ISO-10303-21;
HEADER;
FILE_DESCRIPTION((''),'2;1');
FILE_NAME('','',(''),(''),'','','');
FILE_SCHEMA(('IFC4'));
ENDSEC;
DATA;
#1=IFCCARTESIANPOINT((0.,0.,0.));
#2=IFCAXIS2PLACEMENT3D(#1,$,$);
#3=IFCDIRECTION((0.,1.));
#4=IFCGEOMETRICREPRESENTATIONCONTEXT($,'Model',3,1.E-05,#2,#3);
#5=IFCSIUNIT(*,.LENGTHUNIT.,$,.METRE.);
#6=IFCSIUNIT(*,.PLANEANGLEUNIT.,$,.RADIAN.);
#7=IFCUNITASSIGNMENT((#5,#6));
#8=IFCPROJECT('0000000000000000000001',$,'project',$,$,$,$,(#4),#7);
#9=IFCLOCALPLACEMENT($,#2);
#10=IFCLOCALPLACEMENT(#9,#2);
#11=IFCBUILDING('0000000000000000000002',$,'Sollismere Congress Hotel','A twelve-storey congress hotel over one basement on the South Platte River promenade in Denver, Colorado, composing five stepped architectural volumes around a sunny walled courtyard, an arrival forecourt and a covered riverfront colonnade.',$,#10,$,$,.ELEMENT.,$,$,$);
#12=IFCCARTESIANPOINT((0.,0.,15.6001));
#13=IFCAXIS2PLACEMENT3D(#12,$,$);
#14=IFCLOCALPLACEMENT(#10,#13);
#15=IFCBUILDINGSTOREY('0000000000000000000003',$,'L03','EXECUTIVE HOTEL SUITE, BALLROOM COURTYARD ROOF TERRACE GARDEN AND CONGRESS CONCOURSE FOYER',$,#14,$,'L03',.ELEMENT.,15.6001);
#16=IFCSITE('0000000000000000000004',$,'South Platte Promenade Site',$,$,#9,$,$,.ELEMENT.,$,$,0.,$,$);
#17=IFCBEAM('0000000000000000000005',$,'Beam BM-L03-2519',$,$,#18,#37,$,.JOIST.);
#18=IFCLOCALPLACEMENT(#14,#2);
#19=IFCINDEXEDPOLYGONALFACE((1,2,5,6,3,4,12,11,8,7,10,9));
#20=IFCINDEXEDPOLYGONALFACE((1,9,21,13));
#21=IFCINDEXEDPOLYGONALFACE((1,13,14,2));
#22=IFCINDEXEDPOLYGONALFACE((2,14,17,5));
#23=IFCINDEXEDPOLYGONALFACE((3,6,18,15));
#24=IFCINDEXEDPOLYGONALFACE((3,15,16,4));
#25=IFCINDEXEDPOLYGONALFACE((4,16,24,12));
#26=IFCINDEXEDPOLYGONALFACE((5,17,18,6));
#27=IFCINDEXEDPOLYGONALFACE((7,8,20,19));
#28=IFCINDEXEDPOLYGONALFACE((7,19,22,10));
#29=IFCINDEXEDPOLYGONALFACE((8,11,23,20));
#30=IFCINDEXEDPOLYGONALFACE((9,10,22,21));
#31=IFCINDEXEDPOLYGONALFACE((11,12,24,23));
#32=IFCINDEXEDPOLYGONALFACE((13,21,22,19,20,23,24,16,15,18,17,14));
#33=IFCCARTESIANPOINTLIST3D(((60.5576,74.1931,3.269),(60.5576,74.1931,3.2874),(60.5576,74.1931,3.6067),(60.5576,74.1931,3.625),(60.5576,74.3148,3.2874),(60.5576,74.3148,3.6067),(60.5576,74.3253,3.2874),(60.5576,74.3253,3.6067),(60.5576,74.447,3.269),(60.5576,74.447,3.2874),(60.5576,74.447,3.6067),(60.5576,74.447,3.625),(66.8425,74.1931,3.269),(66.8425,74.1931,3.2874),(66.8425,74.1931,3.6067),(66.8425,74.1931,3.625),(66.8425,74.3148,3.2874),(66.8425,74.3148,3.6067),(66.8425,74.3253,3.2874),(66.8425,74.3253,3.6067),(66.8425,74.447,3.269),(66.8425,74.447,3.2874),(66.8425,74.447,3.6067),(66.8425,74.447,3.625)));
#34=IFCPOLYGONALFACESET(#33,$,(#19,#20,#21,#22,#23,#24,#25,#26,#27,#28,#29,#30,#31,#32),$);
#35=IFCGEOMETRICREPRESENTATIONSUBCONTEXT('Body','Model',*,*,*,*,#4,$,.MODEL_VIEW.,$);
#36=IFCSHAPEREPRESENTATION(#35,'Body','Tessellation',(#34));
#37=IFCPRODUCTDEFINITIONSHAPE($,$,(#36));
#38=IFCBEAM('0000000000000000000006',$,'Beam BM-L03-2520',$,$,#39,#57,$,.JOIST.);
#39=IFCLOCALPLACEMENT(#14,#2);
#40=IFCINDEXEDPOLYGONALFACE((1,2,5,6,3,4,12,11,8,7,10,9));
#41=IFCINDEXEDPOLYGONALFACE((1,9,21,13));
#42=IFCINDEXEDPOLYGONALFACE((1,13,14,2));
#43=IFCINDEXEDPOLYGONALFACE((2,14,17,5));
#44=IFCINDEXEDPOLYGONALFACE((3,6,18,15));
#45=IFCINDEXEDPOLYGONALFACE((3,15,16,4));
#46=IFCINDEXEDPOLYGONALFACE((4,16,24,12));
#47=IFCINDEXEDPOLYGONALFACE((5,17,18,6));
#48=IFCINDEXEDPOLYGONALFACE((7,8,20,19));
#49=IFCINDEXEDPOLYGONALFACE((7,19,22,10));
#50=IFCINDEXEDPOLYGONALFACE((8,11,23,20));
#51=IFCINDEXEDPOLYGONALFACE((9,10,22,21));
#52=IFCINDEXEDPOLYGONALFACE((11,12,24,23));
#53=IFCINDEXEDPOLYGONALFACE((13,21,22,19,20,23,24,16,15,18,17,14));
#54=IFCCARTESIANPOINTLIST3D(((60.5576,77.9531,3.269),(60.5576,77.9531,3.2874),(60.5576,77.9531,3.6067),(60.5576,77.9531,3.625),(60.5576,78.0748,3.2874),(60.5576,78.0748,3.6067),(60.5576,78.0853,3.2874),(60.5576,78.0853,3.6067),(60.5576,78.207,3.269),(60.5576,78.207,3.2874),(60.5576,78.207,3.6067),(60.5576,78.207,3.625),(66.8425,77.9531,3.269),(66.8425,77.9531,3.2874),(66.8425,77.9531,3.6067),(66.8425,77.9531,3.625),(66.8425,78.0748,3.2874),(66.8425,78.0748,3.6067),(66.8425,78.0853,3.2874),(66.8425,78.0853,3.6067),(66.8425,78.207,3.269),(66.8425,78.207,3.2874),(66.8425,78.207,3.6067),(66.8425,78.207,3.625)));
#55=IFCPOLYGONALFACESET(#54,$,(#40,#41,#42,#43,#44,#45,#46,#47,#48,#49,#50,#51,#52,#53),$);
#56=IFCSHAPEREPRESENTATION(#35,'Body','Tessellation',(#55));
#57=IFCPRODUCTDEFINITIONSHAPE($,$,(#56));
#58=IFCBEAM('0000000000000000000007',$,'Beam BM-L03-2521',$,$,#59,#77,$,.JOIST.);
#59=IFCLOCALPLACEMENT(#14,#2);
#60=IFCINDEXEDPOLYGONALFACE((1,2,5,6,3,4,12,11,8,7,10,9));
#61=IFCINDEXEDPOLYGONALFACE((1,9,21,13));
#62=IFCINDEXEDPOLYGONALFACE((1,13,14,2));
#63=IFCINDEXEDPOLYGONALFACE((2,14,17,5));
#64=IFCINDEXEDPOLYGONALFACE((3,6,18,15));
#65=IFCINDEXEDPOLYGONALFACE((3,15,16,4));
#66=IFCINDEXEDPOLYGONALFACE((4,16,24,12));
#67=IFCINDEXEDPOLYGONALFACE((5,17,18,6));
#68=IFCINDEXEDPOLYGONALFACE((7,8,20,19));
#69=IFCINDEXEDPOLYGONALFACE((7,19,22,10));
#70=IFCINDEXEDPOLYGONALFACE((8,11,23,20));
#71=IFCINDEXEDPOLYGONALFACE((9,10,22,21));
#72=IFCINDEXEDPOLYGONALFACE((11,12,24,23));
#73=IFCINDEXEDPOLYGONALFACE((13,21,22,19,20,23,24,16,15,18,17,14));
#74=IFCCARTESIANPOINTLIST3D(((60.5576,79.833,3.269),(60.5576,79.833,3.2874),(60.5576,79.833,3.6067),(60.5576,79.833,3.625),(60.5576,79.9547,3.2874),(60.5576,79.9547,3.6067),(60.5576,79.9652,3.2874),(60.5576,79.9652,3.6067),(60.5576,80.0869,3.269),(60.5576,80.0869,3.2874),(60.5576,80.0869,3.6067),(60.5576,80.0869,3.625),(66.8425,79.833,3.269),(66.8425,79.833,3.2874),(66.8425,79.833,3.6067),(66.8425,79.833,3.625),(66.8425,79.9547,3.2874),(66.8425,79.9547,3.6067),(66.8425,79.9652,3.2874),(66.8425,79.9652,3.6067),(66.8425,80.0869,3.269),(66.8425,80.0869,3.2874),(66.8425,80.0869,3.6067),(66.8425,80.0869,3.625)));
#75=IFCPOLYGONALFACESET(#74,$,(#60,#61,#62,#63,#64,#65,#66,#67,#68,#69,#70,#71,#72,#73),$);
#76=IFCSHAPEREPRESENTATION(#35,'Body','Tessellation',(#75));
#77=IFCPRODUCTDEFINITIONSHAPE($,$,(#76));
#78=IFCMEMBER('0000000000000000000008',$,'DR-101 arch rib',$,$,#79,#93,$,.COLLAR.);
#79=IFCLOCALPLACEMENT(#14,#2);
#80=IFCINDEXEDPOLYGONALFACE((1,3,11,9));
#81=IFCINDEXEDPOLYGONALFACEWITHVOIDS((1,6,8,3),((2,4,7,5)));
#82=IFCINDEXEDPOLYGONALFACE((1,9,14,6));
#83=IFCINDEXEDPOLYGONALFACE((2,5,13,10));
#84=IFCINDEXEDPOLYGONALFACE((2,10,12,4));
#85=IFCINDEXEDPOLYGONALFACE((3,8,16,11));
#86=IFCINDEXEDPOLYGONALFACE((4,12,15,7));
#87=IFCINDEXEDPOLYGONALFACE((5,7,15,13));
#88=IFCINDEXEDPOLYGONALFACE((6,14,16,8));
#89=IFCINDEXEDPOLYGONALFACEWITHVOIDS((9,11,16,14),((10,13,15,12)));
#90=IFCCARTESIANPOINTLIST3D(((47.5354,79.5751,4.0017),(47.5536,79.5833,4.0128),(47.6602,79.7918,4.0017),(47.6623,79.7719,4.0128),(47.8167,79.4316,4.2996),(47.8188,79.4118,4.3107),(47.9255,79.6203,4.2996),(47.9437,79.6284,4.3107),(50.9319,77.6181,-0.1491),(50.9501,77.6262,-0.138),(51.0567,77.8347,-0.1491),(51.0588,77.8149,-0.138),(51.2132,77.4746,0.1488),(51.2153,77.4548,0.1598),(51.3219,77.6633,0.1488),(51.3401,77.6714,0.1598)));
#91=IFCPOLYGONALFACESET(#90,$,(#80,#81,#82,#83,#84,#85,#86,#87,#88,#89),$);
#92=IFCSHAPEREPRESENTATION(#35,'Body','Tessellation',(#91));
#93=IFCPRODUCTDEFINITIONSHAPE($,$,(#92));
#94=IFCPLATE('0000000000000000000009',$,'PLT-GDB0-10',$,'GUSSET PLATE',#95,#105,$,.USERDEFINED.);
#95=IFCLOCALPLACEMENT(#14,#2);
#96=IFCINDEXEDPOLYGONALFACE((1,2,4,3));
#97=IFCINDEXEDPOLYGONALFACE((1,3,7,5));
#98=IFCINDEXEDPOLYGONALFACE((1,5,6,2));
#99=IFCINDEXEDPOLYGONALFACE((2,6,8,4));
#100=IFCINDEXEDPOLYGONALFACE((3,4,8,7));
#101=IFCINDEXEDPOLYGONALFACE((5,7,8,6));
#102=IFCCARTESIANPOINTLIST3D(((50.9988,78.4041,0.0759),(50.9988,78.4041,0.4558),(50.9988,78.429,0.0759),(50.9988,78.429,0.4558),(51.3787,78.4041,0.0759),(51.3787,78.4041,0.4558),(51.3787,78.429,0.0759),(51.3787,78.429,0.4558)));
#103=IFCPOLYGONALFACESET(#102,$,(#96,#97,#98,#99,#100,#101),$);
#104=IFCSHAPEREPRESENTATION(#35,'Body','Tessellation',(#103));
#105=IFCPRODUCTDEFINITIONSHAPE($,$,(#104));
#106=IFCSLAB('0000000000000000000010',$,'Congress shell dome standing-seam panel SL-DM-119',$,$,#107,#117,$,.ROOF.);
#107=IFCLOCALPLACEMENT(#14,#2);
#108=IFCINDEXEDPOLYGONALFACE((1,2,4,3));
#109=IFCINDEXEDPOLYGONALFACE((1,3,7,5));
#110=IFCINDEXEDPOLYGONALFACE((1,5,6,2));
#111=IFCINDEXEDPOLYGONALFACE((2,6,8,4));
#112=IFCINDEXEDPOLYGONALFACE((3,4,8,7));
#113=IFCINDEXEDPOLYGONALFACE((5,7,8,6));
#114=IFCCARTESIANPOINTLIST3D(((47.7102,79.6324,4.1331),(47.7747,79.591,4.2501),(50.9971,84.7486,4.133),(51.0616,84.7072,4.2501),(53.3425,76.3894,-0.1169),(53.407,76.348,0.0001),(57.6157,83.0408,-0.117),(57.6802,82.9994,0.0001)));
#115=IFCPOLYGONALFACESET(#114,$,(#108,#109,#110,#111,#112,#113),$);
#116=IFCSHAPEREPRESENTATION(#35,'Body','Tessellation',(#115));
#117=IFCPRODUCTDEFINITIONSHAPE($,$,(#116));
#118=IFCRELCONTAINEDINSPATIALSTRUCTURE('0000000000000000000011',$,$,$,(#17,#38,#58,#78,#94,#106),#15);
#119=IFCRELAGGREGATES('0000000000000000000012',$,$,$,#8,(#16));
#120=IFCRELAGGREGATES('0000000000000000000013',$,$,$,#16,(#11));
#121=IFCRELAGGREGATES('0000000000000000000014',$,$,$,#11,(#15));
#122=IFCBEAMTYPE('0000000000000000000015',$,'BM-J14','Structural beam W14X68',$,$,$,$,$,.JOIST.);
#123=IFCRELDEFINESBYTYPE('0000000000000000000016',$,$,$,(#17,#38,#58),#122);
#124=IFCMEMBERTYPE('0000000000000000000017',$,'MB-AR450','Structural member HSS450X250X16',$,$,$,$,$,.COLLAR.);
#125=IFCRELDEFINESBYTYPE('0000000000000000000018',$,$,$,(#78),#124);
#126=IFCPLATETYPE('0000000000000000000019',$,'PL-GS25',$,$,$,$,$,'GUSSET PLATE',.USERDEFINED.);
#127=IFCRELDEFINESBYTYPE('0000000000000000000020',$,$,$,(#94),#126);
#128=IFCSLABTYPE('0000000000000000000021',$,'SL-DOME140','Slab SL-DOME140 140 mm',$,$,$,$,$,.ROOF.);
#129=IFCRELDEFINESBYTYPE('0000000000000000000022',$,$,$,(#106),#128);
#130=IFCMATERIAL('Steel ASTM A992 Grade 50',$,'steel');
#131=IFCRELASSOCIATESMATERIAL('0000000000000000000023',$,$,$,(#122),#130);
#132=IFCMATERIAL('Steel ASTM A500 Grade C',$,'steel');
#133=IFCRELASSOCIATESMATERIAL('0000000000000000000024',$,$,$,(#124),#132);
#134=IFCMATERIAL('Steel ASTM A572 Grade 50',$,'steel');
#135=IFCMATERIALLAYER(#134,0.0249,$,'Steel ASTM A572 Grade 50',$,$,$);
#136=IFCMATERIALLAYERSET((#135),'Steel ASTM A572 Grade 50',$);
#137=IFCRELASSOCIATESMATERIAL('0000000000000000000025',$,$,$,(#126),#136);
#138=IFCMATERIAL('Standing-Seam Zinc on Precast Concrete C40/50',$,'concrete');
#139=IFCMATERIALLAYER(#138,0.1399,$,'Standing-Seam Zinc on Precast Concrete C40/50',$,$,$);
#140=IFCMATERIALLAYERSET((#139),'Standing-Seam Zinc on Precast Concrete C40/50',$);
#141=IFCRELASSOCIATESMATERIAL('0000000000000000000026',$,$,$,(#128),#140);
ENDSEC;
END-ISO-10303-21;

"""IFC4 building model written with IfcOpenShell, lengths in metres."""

from ifc_helpers import new_model, si_unit, direction, frame, origin, origin_2d, place, context, subcontext, project, spatial, polyline, rectangle, hollow_rectangle, i_section, outline, extrude, material, layer, layer_set, material_profile, profile_set, type_object, element, save


model = new_model("IFC4")

# Units and contexts
model_context = context("Model", 3, precision=1e-05, world=origin(), true_north=direction((0.0, 1.0)))
body_context = subcontext(model_context, "Body", "Model", "MODEL_VIEW")
ifc_project = project(units=[si_unit("LENGTHUNIT", "METRE"), si_unit("PLANEANGLEUNIT", "RADIAN")], contexts=[model_context])

# Site, building, storey
site_placement = place(None, origin())
site = spatial("IfcSite", under=ifc_project, at=site_placement, Name="South Platte Promenade Site", CompositionType="ELEMENT", RefElevation=0.0)
building_placement = place(site_placement, origin())
building = spatial("IfcBuilding", under=site, at=building_placement, Name="Sollismere Congress Hotel", Description="A twelve-storey congress hotel over one basement on the South Platte River promenade in Denver, Colorado, composing five stepped architectural volumes around a sunny walled courtyard, an arrival forecourt and a covered riverfront colonnade.", CompositionType="ELEMENT")
storey_placement = place(building_placement, frame((0.0, 0.0, 15.6001)))
storey = spatial("IfcBuildingStorey", under=building, at=storey_placement, Name="L03", Description="EXECUTIVE HOTEL SUITE, BALLROOM COURTYARD ROOF TERRACE GARDEN AND CONGRESS CONCOURSE FOYER", LongName="L03", CompositionType="ELEMENT", Elevation=15.6001)

# Shared definitions
ifc_material_1 = material(Name="Steel ASTM A992 Grade 50", Category="steel")

# Beams
ifc_material_profile_1 = material_profile(ifc_material_1, i_section(OverallWidth=0.2539, OverallDepth=0.356, WebThickness=0.0105, FlangeThickness=0.0183, at=origin_2d()), Name="W14X68")
ifc_profile_set_1 = profile_set([ifc_material_profile_1], Name="Steel ASTM A992 Grade 50")
beam_type_1 = type_object("IfcBeamType", Name="BM-J14", Description="Structural beam W14X68", PredefinedType="JOIST", material=ifc_profile_set_1)
for number, where, z_axis, x_axis, name in (
    (1, (60.5576, 74.3201, 3.447), (1.0, 0.0, 0.0), (0.0, 1.0, 0.0), "Beam BM-L03-2519"),
    (2, (60.5576, 78.0801, 3.447), (1.0, 0.0, 0.0), (0.0, 1.0, 0.0), "Beam BM-L03-2520"),
    (3, (60.5576, 79.96, 3.447), (1.0, 0.0, 0.0), (0.0, 1.0, 0.0), "Beam BM-L03-2521"),
):
    element("IfcBeam", number, at=place(storey_placement, frame(where, z_axis=z_axis, x_axis=x_axis)), inside=storey, type_object=beam_type_1, Name=name, PredefinedType="JOIST", context=body_context, shape_type="SweptSolid", body=[
        extrude(i_section(OverallWidth=0.2539, OverallDepth=0.356, WebThickness=0.0105, FlangeThickness=0.0183, at=origin_2d()), origin(), (0.0, 0.0, 1.0), 6.2849),
    ])

# Member
ifc_material_2 = material(Name="Steel ASTM A500 Grade C", Category="steel")
ifc_material_profile_2 = material_profile(ifc_material_2, hollow_rectangle(XDim=0.25, YDim=0.45, WallThickness=0.0161, at=origin_2d()), Name="HSS450X250X16")
ifc_profile_set_2 = profile_set([ifc_material_profile_2], Name="Steel ASTM A500 Grade C")
member_type = type_object("IfcMemberType", Name="MB-AR450", Description="Structural member HSS450X250X16", PredefinedType="COLLAR", material=ifc_profile_set_2)
member_placement = place(storey_placement, frame((51.136, 77.6448, 0.0054), z_axis=(-0.594906, 0.342781, 0.727041), x_axis=(-0.499248, -0.866459, 0.0)))
element("IfcMember", 4, at=member_placement, inside=storey, type_object=member_type, Name="DR-101 arch rib", PredefinedType="COLLAR", context=body_context, shape_type="SweptSolid", body=[
    extrude(hollow_rectangle(XDim=0.25, YDim=0.45, WallThickness=0.0161, at=origin_2d()), origin(), (0.0, 0.0, 1.0), 5.7092),
])

# Plate
ifc_material_3 = material(Name="Steel ASTM A572 Grade 50", Category="steel")
ifc_layer_1 = layer(ifc_material_3, 0.0249, Name="Steel ASTM A572 Grade 50")
ifc_layer_set_1 = layer_set([ifc_layer_1], Name="Steel ASTM A572 Grade 50")
plate_type = type_object("IfcPlateType", Name="PL-GS25", ElementType="GUSSET PLATE", PredefinedType="USERDEFINED", material=ifc_layer_set_1)
plate_placement = place(storey_placement, frame((51.1887, 78.4165, 0.0759), z_axis=(0.0, 0.0, 1.0), x_axis=(1.0, 0.0, 0.0)))
element("IfcPlate", 5, at=plate_placement, inside=storey, type_object=plate_type, Name="PLT-GDB0-10", ObjectType="GUSSET PLATE", PredefinedType="USERDEFINED", context=body_context, shape_type="SweptSolid", body=[
    extrude(rectangle(XDim=0.3799, YDim=0.0249, at=origin_2d()), origin(), (0.0, 0.0, 1.0), 0.3799),
])

# Slab
ifc_material_4 = material(Name="Standing-Seam Zinc on Precast Concrete C40/50", Category="concrete")
ifc_layer_2 = layer(ifc_material_4, 0.1399, Name="Standing-Seam Zinc on Precast Concrete C40/50")
ifc_layer_set_2 = layer_set([ifc_layer_2], Name="Standing-Seam Zinc on Precast Concrete C40/50")
slab_type = type_object("IfcSlabType", Name="SL-DOME140", Description="Slab SL-DOME140 140 mm", PredefinedType="ROOF", material=ifc_layer_set_2)
slab_placement = place(storey_placement, frame((53.3425, 76.3894, -0.1169), z_axis=(0.46084, -0.296066, 0.836643), x_axis=(0.540516, 0.841334, -0.000002)))
element("IfcSlab", 6, at=slab_placement, inside=storey, type_object=slab_type, Name="Congress shell dome standing-seam panel SL-DM-119", PredefinedType="ROOF", context=body_context, shape_type="SweptSolid", body=[
    extrude(outline(polyline([(0.0, 0.0), (7.9058, 0.0), (5.7651, 7.759), (-0.3159, 7.759), (0.0, 0.0)])), origin(), (0.0, 0.0, 1.0), 0.1399),
])

save(model, "model.ifc")
